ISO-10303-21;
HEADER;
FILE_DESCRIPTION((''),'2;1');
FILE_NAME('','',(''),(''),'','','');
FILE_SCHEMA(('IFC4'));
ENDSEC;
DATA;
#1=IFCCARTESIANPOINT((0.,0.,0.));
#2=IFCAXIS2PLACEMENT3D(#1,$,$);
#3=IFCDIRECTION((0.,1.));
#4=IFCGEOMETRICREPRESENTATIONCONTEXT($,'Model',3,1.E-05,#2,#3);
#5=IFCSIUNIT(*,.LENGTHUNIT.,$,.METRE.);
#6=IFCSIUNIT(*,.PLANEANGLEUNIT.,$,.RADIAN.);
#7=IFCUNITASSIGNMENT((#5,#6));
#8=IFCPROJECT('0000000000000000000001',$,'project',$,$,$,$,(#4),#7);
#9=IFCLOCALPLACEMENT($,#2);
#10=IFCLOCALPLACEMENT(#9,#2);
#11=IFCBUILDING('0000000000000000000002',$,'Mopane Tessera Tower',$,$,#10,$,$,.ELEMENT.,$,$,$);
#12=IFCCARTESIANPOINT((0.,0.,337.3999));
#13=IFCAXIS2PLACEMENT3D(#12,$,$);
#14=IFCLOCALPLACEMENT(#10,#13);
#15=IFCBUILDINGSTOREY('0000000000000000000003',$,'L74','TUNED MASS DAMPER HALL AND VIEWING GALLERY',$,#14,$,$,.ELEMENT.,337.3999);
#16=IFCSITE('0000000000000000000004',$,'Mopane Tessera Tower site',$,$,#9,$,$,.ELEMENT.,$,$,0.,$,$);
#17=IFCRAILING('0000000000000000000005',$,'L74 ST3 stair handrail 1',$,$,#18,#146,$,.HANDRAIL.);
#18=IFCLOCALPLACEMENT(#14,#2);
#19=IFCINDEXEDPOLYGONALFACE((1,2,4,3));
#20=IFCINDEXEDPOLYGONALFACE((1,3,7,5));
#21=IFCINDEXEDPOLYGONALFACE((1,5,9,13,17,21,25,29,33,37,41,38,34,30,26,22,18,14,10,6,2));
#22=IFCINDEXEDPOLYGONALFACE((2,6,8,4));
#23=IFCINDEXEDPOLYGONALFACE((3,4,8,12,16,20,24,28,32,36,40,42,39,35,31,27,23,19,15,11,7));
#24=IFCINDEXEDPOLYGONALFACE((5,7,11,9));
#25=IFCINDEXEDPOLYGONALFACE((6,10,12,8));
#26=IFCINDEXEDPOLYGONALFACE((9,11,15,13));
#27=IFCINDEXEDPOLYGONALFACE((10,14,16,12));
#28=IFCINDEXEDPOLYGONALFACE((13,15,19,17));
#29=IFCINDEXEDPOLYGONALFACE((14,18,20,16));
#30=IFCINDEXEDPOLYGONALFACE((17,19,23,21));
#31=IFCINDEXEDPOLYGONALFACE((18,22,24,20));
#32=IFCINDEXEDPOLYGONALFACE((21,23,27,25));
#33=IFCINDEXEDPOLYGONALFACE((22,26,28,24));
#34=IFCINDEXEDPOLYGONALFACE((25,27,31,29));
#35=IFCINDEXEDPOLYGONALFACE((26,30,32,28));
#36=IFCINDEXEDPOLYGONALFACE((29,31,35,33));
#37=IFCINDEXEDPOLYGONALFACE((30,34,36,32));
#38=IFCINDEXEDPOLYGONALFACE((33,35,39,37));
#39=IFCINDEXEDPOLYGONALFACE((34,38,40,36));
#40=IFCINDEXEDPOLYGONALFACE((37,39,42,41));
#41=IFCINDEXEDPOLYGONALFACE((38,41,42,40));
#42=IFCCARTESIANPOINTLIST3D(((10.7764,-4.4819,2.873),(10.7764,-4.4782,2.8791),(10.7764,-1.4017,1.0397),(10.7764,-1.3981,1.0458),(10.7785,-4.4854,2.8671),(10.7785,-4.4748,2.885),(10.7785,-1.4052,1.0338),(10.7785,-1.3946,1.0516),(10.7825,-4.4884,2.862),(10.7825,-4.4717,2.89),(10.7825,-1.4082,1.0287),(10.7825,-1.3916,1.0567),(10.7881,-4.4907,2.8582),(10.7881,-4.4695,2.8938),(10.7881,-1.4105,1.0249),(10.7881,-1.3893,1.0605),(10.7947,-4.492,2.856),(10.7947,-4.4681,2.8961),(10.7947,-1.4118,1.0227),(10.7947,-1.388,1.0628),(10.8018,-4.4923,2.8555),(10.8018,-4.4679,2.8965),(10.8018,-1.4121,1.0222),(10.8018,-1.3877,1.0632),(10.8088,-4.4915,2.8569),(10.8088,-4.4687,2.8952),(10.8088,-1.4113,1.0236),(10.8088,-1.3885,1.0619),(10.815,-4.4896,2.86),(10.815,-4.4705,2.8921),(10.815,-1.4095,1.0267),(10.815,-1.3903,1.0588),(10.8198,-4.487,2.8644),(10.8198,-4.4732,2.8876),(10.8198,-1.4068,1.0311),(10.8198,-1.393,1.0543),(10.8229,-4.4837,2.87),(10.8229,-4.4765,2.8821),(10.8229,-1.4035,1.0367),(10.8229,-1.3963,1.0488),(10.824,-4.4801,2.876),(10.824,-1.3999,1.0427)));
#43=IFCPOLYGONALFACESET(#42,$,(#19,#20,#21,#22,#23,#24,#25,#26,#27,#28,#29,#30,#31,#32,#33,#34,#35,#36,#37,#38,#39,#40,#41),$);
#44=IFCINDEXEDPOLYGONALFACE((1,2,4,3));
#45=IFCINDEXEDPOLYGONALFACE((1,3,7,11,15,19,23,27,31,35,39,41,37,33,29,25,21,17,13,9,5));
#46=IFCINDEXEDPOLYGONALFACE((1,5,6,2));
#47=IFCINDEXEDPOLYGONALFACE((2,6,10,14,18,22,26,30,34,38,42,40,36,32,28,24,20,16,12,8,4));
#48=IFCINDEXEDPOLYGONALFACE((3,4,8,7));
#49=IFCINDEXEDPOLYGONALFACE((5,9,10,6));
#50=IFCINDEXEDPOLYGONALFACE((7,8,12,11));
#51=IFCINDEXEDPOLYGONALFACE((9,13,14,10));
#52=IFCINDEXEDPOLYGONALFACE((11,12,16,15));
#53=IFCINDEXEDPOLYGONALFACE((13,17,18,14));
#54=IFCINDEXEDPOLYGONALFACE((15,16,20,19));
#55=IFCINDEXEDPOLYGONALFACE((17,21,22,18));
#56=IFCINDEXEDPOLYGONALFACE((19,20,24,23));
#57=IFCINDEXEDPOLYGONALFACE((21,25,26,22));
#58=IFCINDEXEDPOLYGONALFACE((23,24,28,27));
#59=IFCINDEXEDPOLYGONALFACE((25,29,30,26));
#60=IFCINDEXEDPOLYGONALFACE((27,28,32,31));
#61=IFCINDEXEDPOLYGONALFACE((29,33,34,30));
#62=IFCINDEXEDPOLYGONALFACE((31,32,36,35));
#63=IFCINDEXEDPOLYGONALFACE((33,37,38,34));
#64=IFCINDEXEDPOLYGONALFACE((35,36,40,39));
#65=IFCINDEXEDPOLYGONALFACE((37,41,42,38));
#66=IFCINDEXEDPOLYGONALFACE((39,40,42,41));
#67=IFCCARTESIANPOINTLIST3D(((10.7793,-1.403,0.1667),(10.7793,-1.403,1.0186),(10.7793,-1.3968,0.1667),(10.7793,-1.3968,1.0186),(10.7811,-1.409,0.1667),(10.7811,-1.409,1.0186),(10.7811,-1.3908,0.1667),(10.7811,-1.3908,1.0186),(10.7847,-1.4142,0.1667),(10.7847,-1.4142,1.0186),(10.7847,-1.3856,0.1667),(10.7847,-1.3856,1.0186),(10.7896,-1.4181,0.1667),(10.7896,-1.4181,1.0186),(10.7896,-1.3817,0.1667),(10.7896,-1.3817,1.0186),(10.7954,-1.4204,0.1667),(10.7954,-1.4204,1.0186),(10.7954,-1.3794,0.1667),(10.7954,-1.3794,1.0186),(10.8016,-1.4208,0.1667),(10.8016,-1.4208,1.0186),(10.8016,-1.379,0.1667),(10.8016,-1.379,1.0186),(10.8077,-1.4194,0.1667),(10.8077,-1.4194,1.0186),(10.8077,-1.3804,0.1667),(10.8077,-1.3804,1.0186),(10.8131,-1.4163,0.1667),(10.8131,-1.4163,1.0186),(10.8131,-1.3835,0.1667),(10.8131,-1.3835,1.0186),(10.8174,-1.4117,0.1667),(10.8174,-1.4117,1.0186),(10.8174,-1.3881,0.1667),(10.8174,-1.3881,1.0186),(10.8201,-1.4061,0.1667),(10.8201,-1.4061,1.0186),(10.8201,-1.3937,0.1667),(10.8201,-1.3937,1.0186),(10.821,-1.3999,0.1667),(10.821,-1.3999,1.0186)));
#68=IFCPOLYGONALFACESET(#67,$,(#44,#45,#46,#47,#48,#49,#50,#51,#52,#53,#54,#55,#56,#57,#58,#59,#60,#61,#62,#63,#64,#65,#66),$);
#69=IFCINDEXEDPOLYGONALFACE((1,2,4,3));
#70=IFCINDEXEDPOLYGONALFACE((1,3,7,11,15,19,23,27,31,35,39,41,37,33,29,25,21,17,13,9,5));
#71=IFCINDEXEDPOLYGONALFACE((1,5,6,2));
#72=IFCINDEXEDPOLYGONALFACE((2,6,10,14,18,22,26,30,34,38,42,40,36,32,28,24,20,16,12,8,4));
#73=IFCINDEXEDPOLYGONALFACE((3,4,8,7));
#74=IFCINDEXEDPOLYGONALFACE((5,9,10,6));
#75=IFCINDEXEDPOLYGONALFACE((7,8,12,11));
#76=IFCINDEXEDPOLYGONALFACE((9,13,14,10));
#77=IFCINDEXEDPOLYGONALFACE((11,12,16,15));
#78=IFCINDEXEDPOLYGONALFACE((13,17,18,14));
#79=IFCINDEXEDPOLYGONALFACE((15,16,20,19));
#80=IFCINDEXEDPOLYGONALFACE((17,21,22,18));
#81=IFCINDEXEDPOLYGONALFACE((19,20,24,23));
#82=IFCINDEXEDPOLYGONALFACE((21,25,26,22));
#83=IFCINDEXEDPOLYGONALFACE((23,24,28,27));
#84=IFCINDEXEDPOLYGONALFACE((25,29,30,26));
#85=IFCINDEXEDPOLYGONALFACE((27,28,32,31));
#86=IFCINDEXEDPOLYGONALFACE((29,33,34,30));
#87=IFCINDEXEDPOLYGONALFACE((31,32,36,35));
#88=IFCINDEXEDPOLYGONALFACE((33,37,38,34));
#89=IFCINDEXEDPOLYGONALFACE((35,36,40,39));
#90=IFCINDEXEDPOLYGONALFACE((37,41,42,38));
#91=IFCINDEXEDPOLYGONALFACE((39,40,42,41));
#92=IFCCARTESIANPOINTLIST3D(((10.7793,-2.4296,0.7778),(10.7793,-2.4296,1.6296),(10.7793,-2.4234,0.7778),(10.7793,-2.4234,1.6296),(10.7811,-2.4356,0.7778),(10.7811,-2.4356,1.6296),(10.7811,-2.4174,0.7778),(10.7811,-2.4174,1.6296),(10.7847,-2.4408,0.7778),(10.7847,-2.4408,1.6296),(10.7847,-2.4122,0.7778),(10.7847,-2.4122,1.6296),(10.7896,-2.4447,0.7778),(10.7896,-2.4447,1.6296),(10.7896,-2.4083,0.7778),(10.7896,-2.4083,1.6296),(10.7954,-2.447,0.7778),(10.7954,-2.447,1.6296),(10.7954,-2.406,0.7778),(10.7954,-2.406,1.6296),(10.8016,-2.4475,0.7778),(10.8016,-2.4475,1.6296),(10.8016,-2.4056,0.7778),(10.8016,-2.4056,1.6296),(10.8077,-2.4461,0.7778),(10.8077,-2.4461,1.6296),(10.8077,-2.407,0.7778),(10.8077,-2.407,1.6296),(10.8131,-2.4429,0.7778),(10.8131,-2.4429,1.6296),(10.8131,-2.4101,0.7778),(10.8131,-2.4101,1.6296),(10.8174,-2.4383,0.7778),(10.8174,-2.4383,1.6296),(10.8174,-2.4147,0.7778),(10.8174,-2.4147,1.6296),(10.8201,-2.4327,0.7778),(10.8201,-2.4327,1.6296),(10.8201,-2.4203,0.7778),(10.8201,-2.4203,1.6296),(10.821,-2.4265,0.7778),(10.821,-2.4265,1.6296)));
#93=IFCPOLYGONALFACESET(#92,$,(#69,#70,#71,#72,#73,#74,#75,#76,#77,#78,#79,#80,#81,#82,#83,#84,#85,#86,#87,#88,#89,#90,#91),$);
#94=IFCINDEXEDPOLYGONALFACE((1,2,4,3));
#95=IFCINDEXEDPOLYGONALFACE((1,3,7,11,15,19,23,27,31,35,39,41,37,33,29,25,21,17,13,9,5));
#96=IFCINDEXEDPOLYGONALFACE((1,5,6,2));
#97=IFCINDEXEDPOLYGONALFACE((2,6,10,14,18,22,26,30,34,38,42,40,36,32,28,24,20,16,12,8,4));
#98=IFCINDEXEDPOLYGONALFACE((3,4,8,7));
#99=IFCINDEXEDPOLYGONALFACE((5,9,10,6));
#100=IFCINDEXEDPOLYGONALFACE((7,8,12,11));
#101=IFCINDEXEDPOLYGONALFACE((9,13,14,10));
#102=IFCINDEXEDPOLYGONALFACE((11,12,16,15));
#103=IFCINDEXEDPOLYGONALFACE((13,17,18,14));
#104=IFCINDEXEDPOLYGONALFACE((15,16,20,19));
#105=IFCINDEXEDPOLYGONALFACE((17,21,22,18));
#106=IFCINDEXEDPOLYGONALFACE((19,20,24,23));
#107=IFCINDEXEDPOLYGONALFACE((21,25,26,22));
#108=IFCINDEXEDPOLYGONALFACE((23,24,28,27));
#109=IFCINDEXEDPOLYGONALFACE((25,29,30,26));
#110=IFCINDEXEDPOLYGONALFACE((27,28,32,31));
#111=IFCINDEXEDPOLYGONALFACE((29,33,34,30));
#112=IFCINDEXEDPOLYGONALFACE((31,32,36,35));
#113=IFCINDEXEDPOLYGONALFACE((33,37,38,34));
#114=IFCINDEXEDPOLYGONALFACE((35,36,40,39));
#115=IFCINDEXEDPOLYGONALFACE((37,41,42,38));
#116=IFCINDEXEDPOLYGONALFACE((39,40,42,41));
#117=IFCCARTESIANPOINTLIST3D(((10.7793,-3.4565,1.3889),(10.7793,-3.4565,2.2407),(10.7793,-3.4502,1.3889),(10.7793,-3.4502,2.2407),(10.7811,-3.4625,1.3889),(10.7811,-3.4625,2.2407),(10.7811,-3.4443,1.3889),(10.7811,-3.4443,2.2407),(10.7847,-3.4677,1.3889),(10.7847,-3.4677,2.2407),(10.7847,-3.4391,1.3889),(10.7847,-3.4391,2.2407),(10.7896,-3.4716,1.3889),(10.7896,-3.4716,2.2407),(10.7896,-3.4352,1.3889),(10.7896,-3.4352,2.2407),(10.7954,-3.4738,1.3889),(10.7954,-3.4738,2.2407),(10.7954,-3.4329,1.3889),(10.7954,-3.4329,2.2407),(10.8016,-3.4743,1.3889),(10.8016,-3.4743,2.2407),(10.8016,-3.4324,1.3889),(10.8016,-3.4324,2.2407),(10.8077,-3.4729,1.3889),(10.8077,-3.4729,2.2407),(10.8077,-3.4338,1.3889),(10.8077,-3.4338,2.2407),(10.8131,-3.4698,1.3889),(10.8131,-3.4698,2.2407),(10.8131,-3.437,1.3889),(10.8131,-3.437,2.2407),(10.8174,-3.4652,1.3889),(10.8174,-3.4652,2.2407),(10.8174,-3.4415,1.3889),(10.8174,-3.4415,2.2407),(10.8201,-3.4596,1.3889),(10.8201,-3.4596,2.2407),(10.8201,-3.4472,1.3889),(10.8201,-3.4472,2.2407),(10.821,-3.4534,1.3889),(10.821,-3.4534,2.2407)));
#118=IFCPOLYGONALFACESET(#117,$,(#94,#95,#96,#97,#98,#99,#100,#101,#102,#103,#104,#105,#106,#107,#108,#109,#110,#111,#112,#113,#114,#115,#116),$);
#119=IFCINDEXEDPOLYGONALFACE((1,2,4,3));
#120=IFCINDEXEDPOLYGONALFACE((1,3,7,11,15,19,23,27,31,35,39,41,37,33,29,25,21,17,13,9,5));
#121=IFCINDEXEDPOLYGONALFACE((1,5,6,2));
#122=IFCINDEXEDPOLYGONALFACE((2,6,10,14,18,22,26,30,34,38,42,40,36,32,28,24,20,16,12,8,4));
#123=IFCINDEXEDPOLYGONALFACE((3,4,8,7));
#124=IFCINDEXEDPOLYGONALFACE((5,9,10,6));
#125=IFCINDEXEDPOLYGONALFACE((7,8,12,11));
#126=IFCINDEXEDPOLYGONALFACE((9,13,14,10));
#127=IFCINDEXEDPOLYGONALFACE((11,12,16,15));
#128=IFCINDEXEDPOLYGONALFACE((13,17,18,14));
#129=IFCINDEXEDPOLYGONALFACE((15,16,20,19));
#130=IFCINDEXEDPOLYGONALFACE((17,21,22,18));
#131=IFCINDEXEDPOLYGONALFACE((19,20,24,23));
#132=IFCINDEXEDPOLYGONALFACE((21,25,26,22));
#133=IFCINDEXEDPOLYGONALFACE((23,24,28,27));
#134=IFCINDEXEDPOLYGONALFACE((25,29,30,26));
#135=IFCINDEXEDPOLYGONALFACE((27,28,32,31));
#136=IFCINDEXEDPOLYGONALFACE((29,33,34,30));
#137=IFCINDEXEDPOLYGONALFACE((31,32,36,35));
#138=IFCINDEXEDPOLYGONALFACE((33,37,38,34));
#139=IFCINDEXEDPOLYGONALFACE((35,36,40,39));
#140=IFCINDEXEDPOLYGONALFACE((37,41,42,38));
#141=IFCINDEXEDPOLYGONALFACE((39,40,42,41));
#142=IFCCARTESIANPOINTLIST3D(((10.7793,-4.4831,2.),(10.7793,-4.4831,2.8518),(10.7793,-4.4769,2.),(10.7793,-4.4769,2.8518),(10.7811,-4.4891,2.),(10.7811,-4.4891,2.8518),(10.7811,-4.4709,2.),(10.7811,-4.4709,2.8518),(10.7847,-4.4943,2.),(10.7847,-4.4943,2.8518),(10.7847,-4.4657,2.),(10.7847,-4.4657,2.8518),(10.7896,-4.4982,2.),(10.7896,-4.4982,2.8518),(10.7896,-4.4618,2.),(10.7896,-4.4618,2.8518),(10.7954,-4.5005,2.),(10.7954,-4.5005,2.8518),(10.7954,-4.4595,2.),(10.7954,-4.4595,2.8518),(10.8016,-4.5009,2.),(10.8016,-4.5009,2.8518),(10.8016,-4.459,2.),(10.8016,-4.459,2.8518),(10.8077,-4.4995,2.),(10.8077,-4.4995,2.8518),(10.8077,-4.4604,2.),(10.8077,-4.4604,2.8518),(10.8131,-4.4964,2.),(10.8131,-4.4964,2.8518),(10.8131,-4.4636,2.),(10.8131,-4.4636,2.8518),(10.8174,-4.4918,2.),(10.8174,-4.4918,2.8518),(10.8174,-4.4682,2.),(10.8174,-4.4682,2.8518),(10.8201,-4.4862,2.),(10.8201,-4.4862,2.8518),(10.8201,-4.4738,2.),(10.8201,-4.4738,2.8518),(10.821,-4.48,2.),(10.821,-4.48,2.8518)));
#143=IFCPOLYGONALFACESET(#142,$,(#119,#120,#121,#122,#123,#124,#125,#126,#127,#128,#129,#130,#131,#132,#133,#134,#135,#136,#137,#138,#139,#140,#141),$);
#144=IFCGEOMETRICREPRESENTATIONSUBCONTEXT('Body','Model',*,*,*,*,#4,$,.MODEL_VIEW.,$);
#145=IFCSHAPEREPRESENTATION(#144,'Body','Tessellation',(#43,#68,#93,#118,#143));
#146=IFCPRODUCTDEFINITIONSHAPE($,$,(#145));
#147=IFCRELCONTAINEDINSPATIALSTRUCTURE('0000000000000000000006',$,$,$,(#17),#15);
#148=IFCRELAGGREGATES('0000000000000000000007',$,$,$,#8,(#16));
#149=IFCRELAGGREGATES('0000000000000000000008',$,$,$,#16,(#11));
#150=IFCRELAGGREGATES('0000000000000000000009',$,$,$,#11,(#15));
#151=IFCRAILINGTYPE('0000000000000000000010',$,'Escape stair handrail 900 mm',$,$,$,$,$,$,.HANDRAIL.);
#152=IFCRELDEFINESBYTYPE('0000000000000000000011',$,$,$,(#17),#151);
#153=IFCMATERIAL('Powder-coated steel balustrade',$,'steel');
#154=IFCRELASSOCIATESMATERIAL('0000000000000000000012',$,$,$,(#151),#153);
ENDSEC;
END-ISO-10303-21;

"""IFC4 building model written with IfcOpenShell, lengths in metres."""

from ifc_helpers import new_model, si_unit, direction, frame, origin, origin_2d, place, context, subcontext, project, spatial, circle, extrude, material, type_object, element, save


model = new_model("IFC4")

# Units and contexts
model_context = context("Model", 3, precision=1e-05, world=origin(), true_north=direction((0.0, 1.0)))
body_context = subcontext(model_context, "Body", "Model", "MODEL_VIEW")
ifc_project = project(units=[si_unit("LENGTHUNIT", "METRE"), si_unit("PLANEANGLEUNIT", "RADIAN")], contexts=[model_context])

# Site, building, storey
site_placement = place(None, origin())
site = spatial("IfcSite", under=ifc_project, at=site_placement, Name="Mopane Tessera Tower site", CompositionType="ELEMENT", RefElevation=0.0)
building_placement = place(site_placement, origin())
building = spatial("IfcBuilding", under=site, at=building_placement, Name="Mopane Tessera Tower", CompositionType="ELEMENT")
storey_placement = place(building_placement, frame((0.0, 0.0, 337.3999)))
storey = spatial("IfcBuildingStorey", under=building, at=storey_placement, Name="L74", Description="TUNED MASS DAMPER HALL AND VIEWING GALLERY", CompositionType="ELEMENT", Elevation=337.3999)

# Railing
ifc_material_1 = material(Name="Powder-coated steel balustrade", Category="steel")
railing_type = type_object("IfcRailingType", Name="Escape stair handrail 900 mm", PredefinedType="HANDRAIL", material=ifc_material_1)
for number, where, name in (
    (1, (10.8, -1.3999, 0.1667), "L74 ST3 stair handrail 1"),
):
    element("IfcRailing", number, at=place(storey_placement, frame(where)), inside=storey, type_object=railing_type, Name=name, PredefinedType="HANDRAIL", context=body_context, shape_type="SweptSolid", body=[
        extrude(circle(Radius=0.0239, at=origin_2d()), frame((0.0, 0.0, 0.876), z_axis=(0.0, -0.859309, 0.511458), x_axis=(1.0, 0.0, 0.0)), (0.0, 0.0, 1.0), 3.5845),
        extrude(circle(Radius=0.021, at=origin_2d()), origin(), (0.0, 0.0, 1.0), 0.8518),
        extrude(circle(Radius=0.021, at=origin_2d()), frame((0.0, -1.0266, 0.6111)), (0.0, 0.0, 1.0), 0.8518),
        extrude(circle(Radius=0.021, at=origin_2d()), frame((0.0, -2.0535, 1.2222)), (0.0, 0.0, 1.0), 0.8518),
        extrude(circle(Radius=0.021, at=origin_2d()), frame((0.0, -3.0801, 1.8333)), (0.0, 0.0, 1.0), 0.8518),
    ])

save(model, "model.ifc")
